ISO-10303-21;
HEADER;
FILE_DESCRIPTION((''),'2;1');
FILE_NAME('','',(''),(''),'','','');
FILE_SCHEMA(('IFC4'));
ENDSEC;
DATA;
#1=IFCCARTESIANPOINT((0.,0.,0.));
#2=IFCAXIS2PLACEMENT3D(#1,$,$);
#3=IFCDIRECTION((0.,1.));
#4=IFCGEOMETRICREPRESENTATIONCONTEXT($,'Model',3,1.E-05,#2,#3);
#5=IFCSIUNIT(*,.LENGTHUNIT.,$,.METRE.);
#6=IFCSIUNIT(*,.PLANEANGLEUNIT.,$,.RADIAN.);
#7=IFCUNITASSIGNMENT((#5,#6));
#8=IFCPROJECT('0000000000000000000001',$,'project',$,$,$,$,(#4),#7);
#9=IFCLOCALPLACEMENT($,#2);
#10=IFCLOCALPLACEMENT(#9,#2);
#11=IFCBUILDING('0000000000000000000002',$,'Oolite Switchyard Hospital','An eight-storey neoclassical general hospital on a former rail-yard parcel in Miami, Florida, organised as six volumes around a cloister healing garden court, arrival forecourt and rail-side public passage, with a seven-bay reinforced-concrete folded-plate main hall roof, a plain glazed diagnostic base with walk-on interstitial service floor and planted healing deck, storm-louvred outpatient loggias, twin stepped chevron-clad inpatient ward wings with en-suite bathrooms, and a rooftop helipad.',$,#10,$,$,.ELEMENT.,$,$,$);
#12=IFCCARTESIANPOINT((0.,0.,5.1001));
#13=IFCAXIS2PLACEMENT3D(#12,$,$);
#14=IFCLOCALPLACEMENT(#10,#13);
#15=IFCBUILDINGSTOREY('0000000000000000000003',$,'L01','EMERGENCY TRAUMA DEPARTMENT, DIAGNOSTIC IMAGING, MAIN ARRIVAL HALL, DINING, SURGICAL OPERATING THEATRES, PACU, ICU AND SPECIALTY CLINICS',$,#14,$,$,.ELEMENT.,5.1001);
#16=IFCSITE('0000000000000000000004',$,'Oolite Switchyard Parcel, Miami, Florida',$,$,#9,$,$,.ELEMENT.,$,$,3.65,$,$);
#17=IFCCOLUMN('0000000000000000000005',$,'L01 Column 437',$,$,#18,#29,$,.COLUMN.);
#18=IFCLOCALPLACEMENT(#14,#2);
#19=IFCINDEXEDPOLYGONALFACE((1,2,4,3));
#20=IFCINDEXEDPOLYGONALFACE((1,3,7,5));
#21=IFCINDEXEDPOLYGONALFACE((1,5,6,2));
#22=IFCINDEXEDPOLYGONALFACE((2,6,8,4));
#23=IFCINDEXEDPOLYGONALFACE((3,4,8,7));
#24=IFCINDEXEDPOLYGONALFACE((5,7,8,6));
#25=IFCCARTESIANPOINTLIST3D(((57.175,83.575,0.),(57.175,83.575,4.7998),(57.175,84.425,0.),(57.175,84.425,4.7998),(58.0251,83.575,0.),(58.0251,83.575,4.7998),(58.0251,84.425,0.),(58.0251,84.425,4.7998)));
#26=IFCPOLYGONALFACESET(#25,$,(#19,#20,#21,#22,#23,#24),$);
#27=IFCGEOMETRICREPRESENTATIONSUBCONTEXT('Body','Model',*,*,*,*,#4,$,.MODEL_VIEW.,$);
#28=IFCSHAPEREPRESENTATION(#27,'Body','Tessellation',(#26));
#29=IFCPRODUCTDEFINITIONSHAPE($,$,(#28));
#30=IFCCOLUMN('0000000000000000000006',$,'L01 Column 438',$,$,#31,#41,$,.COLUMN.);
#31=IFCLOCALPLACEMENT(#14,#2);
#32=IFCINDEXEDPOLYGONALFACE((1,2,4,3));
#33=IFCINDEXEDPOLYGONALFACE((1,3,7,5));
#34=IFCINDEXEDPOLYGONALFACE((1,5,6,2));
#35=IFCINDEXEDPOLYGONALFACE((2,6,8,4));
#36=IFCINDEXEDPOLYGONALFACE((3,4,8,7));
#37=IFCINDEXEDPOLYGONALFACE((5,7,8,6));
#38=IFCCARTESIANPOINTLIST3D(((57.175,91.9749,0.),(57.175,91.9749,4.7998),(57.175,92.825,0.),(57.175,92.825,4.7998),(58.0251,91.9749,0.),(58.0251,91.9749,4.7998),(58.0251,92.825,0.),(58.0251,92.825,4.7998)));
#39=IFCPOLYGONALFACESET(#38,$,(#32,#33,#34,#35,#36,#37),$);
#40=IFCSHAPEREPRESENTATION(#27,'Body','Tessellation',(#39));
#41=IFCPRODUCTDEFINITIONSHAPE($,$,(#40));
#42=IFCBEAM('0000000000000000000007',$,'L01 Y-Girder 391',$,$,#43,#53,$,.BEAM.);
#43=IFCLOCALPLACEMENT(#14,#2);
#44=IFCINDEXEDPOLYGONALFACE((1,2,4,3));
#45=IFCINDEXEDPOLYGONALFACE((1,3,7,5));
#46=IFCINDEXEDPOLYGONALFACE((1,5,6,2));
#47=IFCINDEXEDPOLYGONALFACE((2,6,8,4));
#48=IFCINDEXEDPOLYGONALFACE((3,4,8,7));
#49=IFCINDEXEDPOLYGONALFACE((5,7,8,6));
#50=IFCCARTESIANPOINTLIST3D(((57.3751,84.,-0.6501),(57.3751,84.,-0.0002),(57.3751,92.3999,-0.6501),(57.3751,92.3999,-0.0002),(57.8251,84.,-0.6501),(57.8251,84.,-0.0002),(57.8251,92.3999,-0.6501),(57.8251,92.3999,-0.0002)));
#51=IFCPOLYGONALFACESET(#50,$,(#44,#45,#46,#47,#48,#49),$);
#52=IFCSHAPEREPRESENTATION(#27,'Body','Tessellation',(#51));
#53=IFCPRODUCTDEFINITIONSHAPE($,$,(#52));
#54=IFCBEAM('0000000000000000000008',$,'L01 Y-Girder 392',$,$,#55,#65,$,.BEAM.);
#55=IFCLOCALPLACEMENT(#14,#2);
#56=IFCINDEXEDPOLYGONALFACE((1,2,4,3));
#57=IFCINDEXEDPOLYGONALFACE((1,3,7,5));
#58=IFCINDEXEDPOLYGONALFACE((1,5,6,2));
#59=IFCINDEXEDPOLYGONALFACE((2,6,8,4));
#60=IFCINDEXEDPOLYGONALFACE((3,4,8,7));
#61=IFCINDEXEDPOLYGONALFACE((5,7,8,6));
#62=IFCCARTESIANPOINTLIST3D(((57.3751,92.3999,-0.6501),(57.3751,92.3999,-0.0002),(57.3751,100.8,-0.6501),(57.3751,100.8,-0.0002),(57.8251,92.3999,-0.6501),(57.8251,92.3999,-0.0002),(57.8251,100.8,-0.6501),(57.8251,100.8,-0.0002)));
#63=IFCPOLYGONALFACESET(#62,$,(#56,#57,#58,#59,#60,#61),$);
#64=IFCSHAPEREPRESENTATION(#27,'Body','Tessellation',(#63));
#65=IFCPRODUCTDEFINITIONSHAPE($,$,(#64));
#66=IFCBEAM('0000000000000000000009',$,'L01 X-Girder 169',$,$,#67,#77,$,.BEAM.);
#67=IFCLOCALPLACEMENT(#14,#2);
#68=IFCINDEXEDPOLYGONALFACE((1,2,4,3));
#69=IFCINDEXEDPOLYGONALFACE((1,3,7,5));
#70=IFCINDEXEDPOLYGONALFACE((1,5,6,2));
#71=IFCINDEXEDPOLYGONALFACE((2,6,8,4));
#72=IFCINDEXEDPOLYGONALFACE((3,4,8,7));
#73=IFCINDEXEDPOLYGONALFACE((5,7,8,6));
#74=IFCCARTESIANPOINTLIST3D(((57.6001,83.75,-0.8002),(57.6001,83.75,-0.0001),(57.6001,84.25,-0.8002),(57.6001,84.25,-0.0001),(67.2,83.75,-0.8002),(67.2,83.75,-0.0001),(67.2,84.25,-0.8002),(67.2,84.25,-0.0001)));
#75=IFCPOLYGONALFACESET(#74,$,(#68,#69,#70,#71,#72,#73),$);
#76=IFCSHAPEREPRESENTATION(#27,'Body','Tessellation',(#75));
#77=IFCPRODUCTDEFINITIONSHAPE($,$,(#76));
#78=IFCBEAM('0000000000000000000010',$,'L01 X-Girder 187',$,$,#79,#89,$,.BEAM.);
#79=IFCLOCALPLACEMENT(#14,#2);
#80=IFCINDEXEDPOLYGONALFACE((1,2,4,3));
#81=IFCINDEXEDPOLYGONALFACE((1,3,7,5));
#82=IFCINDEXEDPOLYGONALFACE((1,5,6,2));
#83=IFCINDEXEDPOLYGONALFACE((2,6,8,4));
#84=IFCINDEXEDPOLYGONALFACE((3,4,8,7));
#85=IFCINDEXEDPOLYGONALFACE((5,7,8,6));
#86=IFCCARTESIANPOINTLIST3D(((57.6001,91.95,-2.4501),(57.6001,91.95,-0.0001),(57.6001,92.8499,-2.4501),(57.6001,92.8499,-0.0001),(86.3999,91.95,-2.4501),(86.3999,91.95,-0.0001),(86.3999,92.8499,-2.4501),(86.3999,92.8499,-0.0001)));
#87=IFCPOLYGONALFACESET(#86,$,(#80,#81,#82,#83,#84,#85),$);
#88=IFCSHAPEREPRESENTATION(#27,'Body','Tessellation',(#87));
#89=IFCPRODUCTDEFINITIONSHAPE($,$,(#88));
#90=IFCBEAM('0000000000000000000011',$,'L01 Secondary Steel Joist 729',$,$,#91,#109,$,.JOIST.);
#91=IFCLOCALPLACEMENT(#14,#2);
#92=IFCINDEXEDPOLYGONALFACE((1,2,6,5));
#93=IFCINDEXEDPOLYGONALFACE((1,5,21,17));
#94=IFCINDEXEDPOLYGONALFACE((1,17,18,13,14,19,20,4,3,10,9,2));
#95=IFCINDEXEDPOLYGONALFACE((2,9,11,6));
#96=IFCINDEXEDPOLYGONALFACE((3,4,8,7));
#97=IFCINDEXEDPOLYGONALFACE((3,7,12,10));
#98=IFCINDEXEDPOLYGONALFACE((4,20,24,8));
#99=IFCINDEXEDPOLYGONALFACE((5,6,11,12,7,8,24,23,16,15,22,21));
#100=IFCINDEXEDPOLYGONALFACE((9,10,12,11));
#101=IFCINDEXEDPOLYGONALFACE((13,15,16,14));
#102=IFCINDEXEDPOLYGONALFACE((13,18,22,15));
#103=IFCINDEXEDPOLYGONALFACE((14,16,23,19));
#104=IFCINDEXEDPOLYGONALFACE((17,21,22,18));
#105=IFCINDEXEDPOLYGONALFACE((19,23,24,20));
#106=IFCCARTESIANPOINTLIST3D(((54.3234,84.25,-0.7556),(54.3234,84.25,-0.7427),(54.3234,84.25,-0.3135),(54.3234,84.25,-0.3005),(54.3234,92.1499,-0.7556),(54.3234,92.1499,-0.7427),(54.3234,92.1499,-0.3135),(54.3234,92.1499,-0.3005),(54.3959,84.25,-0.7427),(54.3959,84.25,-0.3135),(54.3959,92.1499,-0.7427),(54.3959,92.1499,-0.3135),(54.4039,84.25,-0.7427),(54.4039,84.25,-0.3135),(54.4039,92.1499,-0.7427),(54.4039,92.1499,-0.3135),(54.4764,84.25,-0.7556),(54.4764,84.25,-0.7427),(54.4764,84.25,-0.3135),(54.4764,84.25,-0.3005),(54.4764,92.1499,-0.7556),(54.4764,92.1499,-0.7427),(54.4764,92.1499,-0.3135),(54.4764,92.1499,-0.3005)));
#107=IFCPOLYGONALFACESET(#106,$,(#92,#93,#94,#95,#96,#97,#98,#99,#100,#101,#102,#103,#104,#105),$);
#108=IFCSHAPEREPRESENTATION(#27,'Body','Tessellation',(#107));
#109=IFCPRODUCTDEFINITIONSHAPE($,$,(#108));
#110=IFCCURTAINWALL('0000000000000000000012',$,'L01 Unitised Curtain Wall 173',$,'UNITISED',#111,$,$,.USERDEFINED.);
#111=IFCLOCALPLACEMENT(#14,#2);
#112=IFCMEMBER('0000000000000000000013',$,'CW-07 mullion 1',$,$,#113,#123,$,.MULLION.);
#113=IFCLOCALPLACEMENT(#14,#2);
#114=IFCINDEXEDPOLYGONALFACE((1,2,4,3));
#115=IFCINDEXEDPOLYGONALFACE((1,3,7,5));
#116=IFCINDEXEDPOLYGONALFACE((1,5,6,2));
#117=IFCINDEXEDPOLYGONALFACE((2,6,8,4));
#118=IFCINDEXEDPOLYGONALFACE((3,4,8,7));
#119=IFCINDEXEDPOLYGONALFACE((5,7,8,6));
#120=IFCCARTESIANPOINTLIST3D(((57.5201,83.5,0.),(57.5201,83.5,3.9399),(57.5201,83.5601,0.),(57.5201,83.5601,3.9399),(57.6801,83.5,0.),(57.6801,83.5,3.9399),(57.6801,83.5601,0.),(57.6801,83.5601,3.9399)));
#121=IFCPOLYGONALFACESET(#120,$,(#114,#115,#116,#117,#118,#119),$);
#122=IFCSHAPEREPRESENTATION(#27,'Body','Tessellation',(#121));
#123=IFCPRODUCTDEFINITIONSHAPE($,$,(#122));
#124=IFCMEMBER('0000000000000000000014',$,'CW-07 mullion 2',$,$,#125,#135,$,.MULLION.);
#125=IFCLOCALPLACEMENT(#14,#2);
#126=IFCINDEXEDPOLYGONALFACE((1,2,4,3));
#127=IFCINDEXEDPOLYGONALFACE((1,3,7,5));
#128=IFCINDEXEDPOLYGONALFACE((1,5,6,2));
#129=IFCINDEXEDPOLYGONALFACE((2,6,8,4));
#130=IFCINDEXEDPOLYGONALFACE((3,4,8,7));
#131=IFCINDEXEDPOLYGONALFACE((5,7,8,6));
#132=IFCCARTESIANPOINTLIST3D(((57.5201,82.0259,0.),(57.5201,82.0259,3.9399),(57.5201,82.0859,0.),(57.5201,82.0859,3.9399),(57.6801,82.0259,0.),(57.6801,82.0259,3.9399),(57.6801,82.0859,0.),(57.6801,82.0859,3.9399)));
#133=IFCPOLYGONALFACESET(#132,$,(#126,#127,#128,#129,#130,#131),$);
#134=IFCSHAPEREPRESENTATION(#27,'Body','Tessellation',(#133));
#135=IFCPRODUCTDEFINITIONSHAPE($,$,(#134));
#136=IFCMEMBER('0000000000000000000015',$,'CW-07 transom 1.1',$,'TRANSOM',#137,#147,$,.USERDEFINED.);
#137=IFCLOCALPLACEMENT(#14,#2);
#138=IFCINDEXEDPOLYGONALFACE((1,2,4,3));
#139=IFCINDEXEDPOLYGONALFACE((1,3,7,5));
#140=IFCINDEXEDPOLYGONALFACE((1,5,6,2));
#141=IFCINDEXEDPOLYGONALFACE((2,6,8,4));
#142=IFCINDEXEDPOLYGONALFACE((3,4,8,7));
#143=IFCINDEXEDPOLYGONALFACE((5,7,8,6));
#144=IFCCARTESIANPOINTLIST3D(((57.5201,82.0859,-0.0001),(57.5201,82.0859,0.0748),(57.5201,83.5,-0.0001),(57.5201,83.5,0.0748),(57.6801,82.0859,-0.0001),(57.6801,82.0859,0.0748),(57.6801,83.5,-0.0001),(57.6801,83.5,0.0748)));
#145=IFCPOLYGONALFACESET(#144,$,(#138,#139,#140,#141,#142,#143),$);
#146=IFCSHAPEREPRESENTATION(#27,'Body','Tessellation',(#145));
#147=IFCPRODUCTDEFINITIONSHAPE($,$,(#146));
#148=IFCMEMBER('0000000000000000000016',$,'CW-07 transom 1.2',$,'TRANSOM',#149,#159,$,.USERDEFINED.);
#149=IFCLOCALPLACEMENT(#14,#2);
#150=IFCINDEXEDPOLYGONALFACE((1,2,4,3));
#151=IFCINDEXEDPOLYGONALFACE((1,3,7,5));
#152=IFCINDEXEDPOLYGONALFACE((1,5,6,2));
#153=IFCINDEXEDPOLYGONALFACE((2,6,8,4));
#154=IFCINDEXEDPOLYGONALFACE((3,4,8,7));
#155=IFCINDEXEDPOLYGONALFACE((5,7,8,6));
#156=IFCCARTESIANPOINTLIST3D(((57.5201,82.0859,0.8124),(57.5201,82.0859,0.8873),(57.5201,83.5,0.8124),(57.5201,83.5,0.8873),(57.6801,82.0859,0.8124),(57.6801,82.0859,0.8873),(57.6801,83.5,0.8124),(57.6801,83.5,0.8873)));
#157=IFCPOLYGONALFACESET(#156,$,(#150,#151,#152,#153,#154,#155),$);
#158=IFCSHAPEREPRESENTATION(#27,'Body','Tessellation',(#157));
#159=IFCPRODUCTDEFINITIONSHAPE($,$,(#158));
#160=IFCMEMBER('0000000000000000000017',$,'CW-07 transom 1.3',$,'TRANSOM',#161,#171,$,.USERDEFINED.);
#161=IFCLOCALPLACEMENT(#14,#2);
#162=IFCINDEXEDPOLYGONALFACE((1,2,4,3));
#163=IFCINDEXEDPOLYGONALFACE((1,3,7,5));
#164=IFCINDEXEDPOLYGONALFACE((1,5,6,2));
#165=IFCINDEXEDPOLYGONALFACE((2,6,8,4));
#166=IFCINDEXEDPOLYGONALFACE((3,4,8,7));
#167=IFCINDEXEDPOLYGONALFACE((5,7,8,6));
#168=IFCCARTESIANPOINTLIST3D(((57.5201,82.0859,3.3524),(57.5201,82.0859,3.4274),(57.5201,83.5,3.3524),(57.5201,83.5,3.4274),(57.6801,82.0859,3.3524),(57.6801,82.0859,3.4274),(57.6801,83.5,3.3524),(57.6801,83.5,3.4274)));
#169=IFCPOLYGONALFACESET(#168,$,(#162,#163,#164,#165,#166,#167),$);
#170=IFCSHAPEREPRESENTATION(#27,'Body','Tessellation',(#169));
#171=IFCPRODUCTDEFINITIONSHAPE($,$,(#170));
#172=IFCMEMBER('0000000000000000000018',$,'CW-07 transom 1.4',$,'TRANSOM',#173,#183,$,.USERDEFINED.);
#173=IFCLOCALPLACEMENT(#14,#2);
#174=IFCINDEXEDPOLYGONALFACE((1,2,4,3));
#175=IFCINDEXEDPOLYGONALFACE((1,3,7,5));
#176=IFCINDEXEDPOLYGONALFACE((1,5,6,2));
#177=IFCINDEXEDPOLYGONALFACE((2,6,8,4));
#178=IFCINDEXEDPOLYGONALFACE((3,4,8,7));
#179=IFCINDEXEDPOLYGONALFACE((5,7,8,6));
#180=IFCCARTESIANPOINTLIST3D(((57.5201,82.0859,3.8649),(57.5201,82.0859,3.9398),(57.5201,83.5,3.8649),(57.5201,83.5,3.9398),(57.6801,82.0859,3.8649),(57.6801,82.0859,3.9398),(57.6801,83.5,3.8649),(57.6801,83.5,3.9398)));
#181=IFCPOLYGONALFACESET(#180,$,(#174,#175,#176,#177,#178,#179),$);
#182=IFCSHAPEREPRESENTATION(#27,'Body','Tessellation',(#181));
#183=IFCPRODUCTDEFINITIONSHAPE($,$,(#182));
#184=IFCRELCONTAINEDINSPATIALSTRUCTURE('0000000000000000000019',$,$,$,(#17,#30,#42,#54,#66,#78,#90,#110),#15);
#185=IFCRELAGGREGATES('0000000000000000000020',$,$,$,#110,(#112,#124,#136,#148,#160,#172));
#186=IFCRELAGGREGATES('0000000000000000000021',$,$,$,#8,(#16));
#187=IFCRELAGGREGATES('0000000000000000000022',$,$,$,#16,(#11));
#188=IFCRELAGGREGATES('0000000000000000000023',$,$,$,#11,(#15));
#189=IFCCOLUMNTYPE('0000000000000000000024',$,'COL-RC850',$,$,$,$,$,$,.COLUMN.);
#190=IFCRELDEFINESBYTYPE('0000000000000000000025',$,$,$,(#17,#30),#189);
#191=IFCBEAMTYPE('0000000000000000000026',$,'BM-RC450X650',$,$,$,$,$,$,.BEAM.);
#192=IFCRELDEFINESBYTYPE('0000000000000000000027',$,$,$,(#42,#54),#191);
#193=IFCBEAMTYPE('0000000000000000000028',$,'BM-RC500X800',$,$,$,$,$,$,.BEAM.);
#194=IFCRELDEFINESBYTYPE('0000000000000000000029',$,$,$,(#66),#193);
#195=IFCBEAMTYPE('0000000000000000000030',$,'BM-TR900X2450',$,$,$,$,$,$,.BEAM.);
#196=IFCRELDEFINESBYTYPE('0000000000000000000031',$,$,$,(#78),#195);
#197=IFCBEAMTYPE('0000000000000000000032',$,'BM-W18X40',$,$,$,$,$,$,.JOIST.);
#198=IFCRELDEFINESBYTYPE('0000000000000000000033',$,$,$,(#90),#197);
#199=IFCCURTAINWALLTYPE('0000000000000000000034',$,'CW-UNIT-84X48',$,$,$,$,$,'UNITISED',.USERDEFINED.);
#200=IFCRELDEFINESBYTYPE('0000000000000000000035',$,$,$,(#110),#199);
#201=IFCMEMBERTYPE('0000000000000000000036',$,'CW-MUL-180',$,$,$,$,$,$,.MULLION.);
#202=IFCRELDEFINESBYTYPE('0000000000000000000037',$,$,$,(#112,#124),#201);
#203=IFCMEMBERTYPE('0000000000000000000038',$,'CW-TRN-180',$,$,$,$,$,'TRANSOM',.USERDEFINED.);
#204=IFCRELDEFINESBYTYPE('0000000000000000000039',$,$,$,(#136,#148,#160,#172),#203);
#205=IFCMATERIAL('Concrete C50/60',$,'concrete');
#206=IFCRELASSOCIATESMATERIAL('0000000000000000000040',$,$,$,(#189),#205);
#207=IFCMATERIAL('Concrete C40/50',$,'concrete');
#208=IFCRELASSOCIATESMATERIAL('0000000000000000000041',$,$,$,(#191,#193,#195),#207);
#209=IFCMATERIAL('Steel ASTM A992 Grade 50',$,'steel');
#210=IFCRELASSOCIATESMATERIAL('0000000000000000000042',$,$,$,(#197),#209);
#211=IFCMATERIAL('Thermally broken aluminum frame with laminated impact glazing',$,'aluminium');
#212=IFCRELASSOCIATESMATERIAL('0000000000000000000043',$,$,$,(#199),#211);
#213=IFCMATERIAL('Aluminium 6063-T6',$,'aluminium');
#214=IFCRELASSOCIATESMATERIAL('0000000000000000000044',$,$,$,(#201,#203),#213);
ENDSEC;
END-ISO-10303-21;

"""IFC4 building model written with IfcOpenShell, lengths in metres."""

from ifc_helpers import new_model, si_unit, direction, frame, origin, origin_2d, place, context, subcontext, project, spatial, rectangle, i_section, extrude, material, material_profile, profile_set, type_object, element, aggregate, save


model = new_model("IFC4")

# Units and contexts
model_context = context("Model", 3, precision=1e-05, world=origin(), true_north=direction((0.0, 1.0)))
body_context = subcontext(model_context, "Body", "Model", "MODEL_VIEW")
ifc_project = project(units=[si_unit("LENGTHUNIT", "METRE"), si_unit("PLANEANGLEUNIT", "RADIAN")], contexts=[model_context])

# Site, building, storey
site_placement = place(None, origin())
site = spatial("IfcSite", under=ifc_project, at=site_placement, Name="Oolite Switchyard Parcel, Miami, Florida", CompositionType="ELEMENT", RefElevation=3.65)
building_placement = place(site_placement, origin())
building = spatial("IfcBuilding", under=site, at=building_placement, Name="Oolite Switchyard Hospital", Description="An eight-storey neoclassical general hospital on a former rail-yard parcel in Miami, Florida, organised as six volumes around a cloister healing garden court, arrival forecourt and rail-side public passage, with a seven-bay reinforced-concrete folded-plate main hall roof, a plain glazed diagnostic base with walk-on interstitial service floor and planted healing deck, storm-louvred outpatient loggias, twin stepped chevron-clad inpatient ward wings with en-suite bathrooms, and a rooftop helipad.", CompositionType="ELEMENT")
storey_placement = place(building_placement, frame((0.0, 0.0, 5.1001)))
storey = spatial("IfcBuildingStorey", under=building, at=storey_placement, Name="L01", Description="EMERGENCY TRAUMA DEPARTMENT, DIAGNOSTIC IMAGING, MAIN ARRIVAL HALL, DINING, SURGICAL OPERATING THEATRES, PACU, ICU AND SPECIALTY CLINICS", CompositionType="ELEMENT", Elevation=5.1001)

# Columns
ifc_material_1 = material(Name="Concrete C50/60", Category="concrete")
ifc_material_profile_1 = material_profile(ifc_material_1, rectangle(XDim=0.8501, YDim=0.8501, at=origin_2d()), Name="RC850X850")
ifc_profile_set_1 = profile_set([ifc_material_profile_1], Name="Concrete C50/60")
column_type = type_object("IfcColumnType", Name="COL-RC850", PredefinedType="COLUMN", material=ifc_profile_set_1)
for number, where, z_axis, x_axis, name in (
    (1, (57.6001, 84.0, 0.0), (0.0, 0.0, 1.0), (1.0, 0.0, 0.0), "L01 Column 437"),
    (2, (57.6001, 92.3999, 0.0), (0.0, 0.0, 1.0), (1.0, 0.0, 0.0), "L01 Column 438"),
):
    element("IfcColumn", number, at=place(storey_placement, frame(where, z_axis=z_axis, x_axis=x_axis)), inside=storey, type_object=column_type, Name=name, PredefinedType="COLUMN", context=body_context, shape_type="SweptSolid", body=[
        extrude(rectangle(XDim=0.8501, YDim=0.8501, at=origin_2d()), origin(), (0.0, 0.0, 1.0), 4.7998),
    ])

# Beams
ifc_material_2 = material(Name="Concrete C40/50", Category="concrete")
ifc_material_profile_2 = material_profile(ifc_material_2, rectangle(XDim=0.45, YDim=0.6499, at=origin_2d()), Name="RCB450X650")
ifc_profile_set_2 = profile_set([ifc_material_profile_2], Name="Concrete C40/50")
beam_type_1 = type_object("IfcBeamType", Name="BM-RC450X650", PredefinedType="BEAM", material=ifc_profile_set_2)
beam_1_placement = place(storey_placement, frame((57.6001, 84.0, -0.3252), z_axis=(0.0, 1.0, 0.0), x_axis=(-1.0, 0.0, 0.0)))
element("IfcBeam", 3, at=beam_1_placement, inside=storey, type_object=beam_type_1, Name="L01 Y-Girder 391", PredefinedType="BEAM", context=body_context, shape_type="SweptSolid", body=[
    extrude(rectangle(XDim=0.45, YDim=0.6499, at=origin_2d()), origin(), (0.0, 0.0, 1.0), 8.3999),
])
beam_2_placement = place(storey_placement, frame((57.6001, 92.3999, -0.3252), z_axis=(0.0, 1.0, 0.0), x_axis=(-1.0, 0.0, 0.0)))
element("IfcBeam", 4, at=beam_2_placement, inside=storey, type_object=beam_type_1, Name="L01 Y-Girder 392", PredefinedType="BEAM", context=body_context, shape_type="SweptSolid", body=[
    extrude(rectangle(XDim=0.45, YDim=0.6499, at=origin_2d()), origin(), (0.0, 0.0, 1.0), 8.4001),
])
ifc_material_profile_3 = material_profile(ifc_material_2, rectangle(XDim=0.5, YDim=0.8, at=origin_2d()), Name="RCB500X800")
ifc_profile_set_3 = profile_set([ifc_material_profile_3], Name="Concrete C40/50")
beam_type_2 = type_object("IfcBeamType", Name="BM-RC500X800", PredefinedType="BEAM", material=ifc_profile_set_3)
beam_3_placement = place(storey_placement, frame((57.6001, 84.0, -0.4001), z_axis=(1.0, 0.0, 0.0), x_axis=(0.0, 1.0, 0.0)))
element("IfcBeam", 5, at=beam_3_placement, inside=storey, type_object=beam_type_2, Name="L01 X-Girder 169", PredefinedType="BEAM", context=body_context, shape_type="SweptSolid", body=[
    extrude(rectangle(XDim=0.5, YDim=0.8, at=origin_2d()), origin(), (0.0, 0.0, 1.0), 9.5999),
])
ifc_material_profile_4 = material_profile(ifc_material_2, rectangle(XDim=0.8999, YDim=2.45, at=origin_2d()), Name="RCT900X2450")
ifc_profile_set_4 = profile_set([ifc_material_profile_4], Name="Concrete C40/50")
beam_type_3 = type_object("IfcBeamType", Name="BM-TR900X2450", PredefinedType="BEAM", material=ifc_profile_set_4)
beam_4_placement = place(storey_placement, frame((57.6001, 92.3999, -1.2251), z_axis=(1.0, 0.0, 0.0), x_axis=(0.0, 1.0, 0.0)))
element("IfcBeam", 6, at=beam_4_placement, inside=storey, type_object=beam_type_3, Name="L01 X-Girder 187", PredefinedType="BEAM", context=body_context, shape_type="SweptSolid", body=[
    extrude(rectangle(XDim=0.8999, YDim=2.45, at=origin_2d()), origin(), (0.0, 0.0, 1.0), 28.7998),
])
ifc_material_3 = material(Name="Steel ASTM A992 Grade 50", Category="steel")
ifc_material_profile_5 = material_profile(ifc_material_3, i_section(OverallWidth=0.1531, OverallDepth=0.4551, WebThickness=0.0081, FlangeThickness=0.0129, at=origin_2d()), Name="W18X40")
ifc_profile_set_5 = profile_set([ifc_material_profile_5], Name="Steel ASTM A992 Grade 50")
beam_type_4 = type_object("IfcBeamType", Name="BM-W18X40", PredefinedType="JOIST", material=ifc_profile_set_5)
beam_5_placement = place(storey_placement, frame((54.3999, 84.25, -0.5281), z_axis=(0.0, 1.0, 0.0), x_axis=(-1.0, 0.0, 0.0)))
element("IfcBeam", 7, at=beam_5_placement, inside=storey, type_object=beam_type_4, Name="L01 Secondary Steel Joist 729", PredefinedType="JOIST", context=body_context, shape_type="SweptSolid", body=[
    extrude(i_section(OverallWidth=0.1531, OverallDepth=0.4551, WebThickness=0.0081, FlangeThickness=0.0129, at=origin_2d()), origin(), (0.0, 0.0, 1.0), 7.8999),
])

# Curtain wall, members
ifc_material_4 = material(Name="Thermally broken aluminum frame with laminated impact glazing", Category="aluminium")
curtain_wall_type = type_object("IfcCurtainWallType", Name="CW-UNIT-84X48", ElementType="UNITISED", PredefinedType="USERDEFINED", material=ifc_material_4)
curtain_wall_placement = place(storey_placement, origin())
curtain_wall = element("IfcCurtainWall", 8, at=curtain_wall_placement, inside=storey, type_object=curtain_wall_type, Name="L01 Unitised Curtain Wall 173", ObjectType="UNITISED", PredefinedType="USERDEFINED")
ifc_material_5 = material(Name="Aluminium 6063-T6", Category="aluminium")
ifc_material_profile_6 = material_profile(ifc_material_5, rectangle(XDim=0.1599, YDim=0.0601, at=origin_2d()), Name="CWM60X160")
ifc_profile_set_6 = profile_set([ifc_material_profile_6], Name="Aluminium 6063-T6")
member_type_1 = type_object("IfcMemberType", Name="CW-MUL-180", PredefinedType="MULLION", material=ifc_profile_set_6)
member_1_placement = place(storey_placement, frame((57.6001, 83.53, 0.0), z_axis=(0.0, 0.0, 1.0), x_axis=(1.0, 0.0, 0.0)))
member_1 = element("IfcMember", 9, at=member_1_placement, type_object=member_type_1, Name="CW-07 mullion 1", PredefinedType="MULLION", context=body_context, shape_type="SweptSolid", body=[
    extrude(rectangle(XDim=0.1599, YDim=0.0601, at=origin_2d()), origin(), (0.0, 0.0, 1.0), 3.9399),
])
member_2_placement = place(storey_placement, frame((57.6001, 82.0559, 0.0), z_axis=(0.0, 0.0, 1.0), x_axis=(1.0, 0.0, 0.0)))
member_2 = element("IfcMember", 10, at=member_2_placement, type_object=member_type_1, Name="CW-07 mullion 2", PredefinedType="MULLION", context=body_context, shape_type="SweptSolid", body=[
    extrude(rectangle(XDim=0.1599, YDim=0.0601, at=origin_2d()), origin(), (0.0, 0.0, 1.0), 3.9399),
])
ifc_material_profile_7 = material_profile(ifc_material_5, rectangle(XDim=0.1599, YDim=0.075, at=origin_2d()), Name="CWT75X160")
ifc_profile_set_7 = profile_set([ifc_material_profile_7], Name="Aluminium 6063-T6")
member_type_2 = type_object("IfcMemberType", Name="CW-TRN-180", ElementType="TRANSOM", PredefinedType="USERDEFINED", material=ifc_profile_set_7)
member_3_placement = place(storey_placement, frame((57.6001, 83.5, 0.0374), z_axis=(0.0, -1.0, 0.0), x_axis=(1.0, 0.0, 0.0)))
member_3 = element("IfcMember", 11, at=member_3_placement, type_object=member_type_2, Name="CW-07 transom 1.1", ObjectType="TRANSOM", PredefinedType="USERDEFINED", context=body_context, shape_type="SweptSolid", body=[
    extrude(rectangle(XDim=0.1599, YDim=0.075, at=origin_2d()), origin(), (0.0, 0.0, 1.0), 1.4141),
])
member_4_placement = place(storey_placement, frame((57.6001, 83.5, 0.8499), z_axis=(0.0, -1.0, 0.0), x_axis=(1.0, 0.0, 0.0)))
member_4 = element("IfcMember", 12, at=member_4_placement, type_object=member_type_2, Name="CW-07 transom 1.2", ObjectType="TRANSOM", PredefinedType="USERDEFINED", context=body_context, shape_type="SweptSolid", body=[
    extrude(rectangle(XDim=0.1599, YDim=0.075, at=origin_2d()), origin(), (0.0, 0.0, 1.0), 1.4141),
])
member_5_placement = place(storey_placement, frame((57.6001, 83.5, 3.3899), z_axis=(0.0, -1.0, 0.0), x_axis=(1.0, 0.0, 0.0)))
member_5 = element("IfcMember", 13, at=member_5_placement, type_object=member_type_2, Name="CW-07 transom 1.3", ObjectType="TRANSOM", PredefinedType="USERDEFINED", context=body_context, shape_type="SweptSolid", body=[
    extrude(rectangle(XDim=0.1599, YDim=0.075, at=origin_2d()), origin(), (0.0, 0.0, 1.0), 1.4141),
])
member_6_placement = place(storey_placement, frame((57.6001, 83.5, 3.9023), z_axis=(0.0, -1.0, 0.0), x_axis=(1.0, 0.0, 0.0)))
member_6 = element("IfcMember", 14, at=member_6_placement, type_object=member_type_2, Name="CW-07 transom 1.4", ObjectType="TRANSOM", PredefinedType="USERDEFINED", context=body_context, shape_type="SweptSolid", body=[
    extrude(rectangle(XDim=0.1599, YDim=0.075, at=origin_2d()), origin(), (0.0, 0.0, 1.0), 1.4141),
])
aggregate(curtain_wall, [member_1, member_2, member_3, member_4, member_5, member_6])

save(model, "model.ifc")
